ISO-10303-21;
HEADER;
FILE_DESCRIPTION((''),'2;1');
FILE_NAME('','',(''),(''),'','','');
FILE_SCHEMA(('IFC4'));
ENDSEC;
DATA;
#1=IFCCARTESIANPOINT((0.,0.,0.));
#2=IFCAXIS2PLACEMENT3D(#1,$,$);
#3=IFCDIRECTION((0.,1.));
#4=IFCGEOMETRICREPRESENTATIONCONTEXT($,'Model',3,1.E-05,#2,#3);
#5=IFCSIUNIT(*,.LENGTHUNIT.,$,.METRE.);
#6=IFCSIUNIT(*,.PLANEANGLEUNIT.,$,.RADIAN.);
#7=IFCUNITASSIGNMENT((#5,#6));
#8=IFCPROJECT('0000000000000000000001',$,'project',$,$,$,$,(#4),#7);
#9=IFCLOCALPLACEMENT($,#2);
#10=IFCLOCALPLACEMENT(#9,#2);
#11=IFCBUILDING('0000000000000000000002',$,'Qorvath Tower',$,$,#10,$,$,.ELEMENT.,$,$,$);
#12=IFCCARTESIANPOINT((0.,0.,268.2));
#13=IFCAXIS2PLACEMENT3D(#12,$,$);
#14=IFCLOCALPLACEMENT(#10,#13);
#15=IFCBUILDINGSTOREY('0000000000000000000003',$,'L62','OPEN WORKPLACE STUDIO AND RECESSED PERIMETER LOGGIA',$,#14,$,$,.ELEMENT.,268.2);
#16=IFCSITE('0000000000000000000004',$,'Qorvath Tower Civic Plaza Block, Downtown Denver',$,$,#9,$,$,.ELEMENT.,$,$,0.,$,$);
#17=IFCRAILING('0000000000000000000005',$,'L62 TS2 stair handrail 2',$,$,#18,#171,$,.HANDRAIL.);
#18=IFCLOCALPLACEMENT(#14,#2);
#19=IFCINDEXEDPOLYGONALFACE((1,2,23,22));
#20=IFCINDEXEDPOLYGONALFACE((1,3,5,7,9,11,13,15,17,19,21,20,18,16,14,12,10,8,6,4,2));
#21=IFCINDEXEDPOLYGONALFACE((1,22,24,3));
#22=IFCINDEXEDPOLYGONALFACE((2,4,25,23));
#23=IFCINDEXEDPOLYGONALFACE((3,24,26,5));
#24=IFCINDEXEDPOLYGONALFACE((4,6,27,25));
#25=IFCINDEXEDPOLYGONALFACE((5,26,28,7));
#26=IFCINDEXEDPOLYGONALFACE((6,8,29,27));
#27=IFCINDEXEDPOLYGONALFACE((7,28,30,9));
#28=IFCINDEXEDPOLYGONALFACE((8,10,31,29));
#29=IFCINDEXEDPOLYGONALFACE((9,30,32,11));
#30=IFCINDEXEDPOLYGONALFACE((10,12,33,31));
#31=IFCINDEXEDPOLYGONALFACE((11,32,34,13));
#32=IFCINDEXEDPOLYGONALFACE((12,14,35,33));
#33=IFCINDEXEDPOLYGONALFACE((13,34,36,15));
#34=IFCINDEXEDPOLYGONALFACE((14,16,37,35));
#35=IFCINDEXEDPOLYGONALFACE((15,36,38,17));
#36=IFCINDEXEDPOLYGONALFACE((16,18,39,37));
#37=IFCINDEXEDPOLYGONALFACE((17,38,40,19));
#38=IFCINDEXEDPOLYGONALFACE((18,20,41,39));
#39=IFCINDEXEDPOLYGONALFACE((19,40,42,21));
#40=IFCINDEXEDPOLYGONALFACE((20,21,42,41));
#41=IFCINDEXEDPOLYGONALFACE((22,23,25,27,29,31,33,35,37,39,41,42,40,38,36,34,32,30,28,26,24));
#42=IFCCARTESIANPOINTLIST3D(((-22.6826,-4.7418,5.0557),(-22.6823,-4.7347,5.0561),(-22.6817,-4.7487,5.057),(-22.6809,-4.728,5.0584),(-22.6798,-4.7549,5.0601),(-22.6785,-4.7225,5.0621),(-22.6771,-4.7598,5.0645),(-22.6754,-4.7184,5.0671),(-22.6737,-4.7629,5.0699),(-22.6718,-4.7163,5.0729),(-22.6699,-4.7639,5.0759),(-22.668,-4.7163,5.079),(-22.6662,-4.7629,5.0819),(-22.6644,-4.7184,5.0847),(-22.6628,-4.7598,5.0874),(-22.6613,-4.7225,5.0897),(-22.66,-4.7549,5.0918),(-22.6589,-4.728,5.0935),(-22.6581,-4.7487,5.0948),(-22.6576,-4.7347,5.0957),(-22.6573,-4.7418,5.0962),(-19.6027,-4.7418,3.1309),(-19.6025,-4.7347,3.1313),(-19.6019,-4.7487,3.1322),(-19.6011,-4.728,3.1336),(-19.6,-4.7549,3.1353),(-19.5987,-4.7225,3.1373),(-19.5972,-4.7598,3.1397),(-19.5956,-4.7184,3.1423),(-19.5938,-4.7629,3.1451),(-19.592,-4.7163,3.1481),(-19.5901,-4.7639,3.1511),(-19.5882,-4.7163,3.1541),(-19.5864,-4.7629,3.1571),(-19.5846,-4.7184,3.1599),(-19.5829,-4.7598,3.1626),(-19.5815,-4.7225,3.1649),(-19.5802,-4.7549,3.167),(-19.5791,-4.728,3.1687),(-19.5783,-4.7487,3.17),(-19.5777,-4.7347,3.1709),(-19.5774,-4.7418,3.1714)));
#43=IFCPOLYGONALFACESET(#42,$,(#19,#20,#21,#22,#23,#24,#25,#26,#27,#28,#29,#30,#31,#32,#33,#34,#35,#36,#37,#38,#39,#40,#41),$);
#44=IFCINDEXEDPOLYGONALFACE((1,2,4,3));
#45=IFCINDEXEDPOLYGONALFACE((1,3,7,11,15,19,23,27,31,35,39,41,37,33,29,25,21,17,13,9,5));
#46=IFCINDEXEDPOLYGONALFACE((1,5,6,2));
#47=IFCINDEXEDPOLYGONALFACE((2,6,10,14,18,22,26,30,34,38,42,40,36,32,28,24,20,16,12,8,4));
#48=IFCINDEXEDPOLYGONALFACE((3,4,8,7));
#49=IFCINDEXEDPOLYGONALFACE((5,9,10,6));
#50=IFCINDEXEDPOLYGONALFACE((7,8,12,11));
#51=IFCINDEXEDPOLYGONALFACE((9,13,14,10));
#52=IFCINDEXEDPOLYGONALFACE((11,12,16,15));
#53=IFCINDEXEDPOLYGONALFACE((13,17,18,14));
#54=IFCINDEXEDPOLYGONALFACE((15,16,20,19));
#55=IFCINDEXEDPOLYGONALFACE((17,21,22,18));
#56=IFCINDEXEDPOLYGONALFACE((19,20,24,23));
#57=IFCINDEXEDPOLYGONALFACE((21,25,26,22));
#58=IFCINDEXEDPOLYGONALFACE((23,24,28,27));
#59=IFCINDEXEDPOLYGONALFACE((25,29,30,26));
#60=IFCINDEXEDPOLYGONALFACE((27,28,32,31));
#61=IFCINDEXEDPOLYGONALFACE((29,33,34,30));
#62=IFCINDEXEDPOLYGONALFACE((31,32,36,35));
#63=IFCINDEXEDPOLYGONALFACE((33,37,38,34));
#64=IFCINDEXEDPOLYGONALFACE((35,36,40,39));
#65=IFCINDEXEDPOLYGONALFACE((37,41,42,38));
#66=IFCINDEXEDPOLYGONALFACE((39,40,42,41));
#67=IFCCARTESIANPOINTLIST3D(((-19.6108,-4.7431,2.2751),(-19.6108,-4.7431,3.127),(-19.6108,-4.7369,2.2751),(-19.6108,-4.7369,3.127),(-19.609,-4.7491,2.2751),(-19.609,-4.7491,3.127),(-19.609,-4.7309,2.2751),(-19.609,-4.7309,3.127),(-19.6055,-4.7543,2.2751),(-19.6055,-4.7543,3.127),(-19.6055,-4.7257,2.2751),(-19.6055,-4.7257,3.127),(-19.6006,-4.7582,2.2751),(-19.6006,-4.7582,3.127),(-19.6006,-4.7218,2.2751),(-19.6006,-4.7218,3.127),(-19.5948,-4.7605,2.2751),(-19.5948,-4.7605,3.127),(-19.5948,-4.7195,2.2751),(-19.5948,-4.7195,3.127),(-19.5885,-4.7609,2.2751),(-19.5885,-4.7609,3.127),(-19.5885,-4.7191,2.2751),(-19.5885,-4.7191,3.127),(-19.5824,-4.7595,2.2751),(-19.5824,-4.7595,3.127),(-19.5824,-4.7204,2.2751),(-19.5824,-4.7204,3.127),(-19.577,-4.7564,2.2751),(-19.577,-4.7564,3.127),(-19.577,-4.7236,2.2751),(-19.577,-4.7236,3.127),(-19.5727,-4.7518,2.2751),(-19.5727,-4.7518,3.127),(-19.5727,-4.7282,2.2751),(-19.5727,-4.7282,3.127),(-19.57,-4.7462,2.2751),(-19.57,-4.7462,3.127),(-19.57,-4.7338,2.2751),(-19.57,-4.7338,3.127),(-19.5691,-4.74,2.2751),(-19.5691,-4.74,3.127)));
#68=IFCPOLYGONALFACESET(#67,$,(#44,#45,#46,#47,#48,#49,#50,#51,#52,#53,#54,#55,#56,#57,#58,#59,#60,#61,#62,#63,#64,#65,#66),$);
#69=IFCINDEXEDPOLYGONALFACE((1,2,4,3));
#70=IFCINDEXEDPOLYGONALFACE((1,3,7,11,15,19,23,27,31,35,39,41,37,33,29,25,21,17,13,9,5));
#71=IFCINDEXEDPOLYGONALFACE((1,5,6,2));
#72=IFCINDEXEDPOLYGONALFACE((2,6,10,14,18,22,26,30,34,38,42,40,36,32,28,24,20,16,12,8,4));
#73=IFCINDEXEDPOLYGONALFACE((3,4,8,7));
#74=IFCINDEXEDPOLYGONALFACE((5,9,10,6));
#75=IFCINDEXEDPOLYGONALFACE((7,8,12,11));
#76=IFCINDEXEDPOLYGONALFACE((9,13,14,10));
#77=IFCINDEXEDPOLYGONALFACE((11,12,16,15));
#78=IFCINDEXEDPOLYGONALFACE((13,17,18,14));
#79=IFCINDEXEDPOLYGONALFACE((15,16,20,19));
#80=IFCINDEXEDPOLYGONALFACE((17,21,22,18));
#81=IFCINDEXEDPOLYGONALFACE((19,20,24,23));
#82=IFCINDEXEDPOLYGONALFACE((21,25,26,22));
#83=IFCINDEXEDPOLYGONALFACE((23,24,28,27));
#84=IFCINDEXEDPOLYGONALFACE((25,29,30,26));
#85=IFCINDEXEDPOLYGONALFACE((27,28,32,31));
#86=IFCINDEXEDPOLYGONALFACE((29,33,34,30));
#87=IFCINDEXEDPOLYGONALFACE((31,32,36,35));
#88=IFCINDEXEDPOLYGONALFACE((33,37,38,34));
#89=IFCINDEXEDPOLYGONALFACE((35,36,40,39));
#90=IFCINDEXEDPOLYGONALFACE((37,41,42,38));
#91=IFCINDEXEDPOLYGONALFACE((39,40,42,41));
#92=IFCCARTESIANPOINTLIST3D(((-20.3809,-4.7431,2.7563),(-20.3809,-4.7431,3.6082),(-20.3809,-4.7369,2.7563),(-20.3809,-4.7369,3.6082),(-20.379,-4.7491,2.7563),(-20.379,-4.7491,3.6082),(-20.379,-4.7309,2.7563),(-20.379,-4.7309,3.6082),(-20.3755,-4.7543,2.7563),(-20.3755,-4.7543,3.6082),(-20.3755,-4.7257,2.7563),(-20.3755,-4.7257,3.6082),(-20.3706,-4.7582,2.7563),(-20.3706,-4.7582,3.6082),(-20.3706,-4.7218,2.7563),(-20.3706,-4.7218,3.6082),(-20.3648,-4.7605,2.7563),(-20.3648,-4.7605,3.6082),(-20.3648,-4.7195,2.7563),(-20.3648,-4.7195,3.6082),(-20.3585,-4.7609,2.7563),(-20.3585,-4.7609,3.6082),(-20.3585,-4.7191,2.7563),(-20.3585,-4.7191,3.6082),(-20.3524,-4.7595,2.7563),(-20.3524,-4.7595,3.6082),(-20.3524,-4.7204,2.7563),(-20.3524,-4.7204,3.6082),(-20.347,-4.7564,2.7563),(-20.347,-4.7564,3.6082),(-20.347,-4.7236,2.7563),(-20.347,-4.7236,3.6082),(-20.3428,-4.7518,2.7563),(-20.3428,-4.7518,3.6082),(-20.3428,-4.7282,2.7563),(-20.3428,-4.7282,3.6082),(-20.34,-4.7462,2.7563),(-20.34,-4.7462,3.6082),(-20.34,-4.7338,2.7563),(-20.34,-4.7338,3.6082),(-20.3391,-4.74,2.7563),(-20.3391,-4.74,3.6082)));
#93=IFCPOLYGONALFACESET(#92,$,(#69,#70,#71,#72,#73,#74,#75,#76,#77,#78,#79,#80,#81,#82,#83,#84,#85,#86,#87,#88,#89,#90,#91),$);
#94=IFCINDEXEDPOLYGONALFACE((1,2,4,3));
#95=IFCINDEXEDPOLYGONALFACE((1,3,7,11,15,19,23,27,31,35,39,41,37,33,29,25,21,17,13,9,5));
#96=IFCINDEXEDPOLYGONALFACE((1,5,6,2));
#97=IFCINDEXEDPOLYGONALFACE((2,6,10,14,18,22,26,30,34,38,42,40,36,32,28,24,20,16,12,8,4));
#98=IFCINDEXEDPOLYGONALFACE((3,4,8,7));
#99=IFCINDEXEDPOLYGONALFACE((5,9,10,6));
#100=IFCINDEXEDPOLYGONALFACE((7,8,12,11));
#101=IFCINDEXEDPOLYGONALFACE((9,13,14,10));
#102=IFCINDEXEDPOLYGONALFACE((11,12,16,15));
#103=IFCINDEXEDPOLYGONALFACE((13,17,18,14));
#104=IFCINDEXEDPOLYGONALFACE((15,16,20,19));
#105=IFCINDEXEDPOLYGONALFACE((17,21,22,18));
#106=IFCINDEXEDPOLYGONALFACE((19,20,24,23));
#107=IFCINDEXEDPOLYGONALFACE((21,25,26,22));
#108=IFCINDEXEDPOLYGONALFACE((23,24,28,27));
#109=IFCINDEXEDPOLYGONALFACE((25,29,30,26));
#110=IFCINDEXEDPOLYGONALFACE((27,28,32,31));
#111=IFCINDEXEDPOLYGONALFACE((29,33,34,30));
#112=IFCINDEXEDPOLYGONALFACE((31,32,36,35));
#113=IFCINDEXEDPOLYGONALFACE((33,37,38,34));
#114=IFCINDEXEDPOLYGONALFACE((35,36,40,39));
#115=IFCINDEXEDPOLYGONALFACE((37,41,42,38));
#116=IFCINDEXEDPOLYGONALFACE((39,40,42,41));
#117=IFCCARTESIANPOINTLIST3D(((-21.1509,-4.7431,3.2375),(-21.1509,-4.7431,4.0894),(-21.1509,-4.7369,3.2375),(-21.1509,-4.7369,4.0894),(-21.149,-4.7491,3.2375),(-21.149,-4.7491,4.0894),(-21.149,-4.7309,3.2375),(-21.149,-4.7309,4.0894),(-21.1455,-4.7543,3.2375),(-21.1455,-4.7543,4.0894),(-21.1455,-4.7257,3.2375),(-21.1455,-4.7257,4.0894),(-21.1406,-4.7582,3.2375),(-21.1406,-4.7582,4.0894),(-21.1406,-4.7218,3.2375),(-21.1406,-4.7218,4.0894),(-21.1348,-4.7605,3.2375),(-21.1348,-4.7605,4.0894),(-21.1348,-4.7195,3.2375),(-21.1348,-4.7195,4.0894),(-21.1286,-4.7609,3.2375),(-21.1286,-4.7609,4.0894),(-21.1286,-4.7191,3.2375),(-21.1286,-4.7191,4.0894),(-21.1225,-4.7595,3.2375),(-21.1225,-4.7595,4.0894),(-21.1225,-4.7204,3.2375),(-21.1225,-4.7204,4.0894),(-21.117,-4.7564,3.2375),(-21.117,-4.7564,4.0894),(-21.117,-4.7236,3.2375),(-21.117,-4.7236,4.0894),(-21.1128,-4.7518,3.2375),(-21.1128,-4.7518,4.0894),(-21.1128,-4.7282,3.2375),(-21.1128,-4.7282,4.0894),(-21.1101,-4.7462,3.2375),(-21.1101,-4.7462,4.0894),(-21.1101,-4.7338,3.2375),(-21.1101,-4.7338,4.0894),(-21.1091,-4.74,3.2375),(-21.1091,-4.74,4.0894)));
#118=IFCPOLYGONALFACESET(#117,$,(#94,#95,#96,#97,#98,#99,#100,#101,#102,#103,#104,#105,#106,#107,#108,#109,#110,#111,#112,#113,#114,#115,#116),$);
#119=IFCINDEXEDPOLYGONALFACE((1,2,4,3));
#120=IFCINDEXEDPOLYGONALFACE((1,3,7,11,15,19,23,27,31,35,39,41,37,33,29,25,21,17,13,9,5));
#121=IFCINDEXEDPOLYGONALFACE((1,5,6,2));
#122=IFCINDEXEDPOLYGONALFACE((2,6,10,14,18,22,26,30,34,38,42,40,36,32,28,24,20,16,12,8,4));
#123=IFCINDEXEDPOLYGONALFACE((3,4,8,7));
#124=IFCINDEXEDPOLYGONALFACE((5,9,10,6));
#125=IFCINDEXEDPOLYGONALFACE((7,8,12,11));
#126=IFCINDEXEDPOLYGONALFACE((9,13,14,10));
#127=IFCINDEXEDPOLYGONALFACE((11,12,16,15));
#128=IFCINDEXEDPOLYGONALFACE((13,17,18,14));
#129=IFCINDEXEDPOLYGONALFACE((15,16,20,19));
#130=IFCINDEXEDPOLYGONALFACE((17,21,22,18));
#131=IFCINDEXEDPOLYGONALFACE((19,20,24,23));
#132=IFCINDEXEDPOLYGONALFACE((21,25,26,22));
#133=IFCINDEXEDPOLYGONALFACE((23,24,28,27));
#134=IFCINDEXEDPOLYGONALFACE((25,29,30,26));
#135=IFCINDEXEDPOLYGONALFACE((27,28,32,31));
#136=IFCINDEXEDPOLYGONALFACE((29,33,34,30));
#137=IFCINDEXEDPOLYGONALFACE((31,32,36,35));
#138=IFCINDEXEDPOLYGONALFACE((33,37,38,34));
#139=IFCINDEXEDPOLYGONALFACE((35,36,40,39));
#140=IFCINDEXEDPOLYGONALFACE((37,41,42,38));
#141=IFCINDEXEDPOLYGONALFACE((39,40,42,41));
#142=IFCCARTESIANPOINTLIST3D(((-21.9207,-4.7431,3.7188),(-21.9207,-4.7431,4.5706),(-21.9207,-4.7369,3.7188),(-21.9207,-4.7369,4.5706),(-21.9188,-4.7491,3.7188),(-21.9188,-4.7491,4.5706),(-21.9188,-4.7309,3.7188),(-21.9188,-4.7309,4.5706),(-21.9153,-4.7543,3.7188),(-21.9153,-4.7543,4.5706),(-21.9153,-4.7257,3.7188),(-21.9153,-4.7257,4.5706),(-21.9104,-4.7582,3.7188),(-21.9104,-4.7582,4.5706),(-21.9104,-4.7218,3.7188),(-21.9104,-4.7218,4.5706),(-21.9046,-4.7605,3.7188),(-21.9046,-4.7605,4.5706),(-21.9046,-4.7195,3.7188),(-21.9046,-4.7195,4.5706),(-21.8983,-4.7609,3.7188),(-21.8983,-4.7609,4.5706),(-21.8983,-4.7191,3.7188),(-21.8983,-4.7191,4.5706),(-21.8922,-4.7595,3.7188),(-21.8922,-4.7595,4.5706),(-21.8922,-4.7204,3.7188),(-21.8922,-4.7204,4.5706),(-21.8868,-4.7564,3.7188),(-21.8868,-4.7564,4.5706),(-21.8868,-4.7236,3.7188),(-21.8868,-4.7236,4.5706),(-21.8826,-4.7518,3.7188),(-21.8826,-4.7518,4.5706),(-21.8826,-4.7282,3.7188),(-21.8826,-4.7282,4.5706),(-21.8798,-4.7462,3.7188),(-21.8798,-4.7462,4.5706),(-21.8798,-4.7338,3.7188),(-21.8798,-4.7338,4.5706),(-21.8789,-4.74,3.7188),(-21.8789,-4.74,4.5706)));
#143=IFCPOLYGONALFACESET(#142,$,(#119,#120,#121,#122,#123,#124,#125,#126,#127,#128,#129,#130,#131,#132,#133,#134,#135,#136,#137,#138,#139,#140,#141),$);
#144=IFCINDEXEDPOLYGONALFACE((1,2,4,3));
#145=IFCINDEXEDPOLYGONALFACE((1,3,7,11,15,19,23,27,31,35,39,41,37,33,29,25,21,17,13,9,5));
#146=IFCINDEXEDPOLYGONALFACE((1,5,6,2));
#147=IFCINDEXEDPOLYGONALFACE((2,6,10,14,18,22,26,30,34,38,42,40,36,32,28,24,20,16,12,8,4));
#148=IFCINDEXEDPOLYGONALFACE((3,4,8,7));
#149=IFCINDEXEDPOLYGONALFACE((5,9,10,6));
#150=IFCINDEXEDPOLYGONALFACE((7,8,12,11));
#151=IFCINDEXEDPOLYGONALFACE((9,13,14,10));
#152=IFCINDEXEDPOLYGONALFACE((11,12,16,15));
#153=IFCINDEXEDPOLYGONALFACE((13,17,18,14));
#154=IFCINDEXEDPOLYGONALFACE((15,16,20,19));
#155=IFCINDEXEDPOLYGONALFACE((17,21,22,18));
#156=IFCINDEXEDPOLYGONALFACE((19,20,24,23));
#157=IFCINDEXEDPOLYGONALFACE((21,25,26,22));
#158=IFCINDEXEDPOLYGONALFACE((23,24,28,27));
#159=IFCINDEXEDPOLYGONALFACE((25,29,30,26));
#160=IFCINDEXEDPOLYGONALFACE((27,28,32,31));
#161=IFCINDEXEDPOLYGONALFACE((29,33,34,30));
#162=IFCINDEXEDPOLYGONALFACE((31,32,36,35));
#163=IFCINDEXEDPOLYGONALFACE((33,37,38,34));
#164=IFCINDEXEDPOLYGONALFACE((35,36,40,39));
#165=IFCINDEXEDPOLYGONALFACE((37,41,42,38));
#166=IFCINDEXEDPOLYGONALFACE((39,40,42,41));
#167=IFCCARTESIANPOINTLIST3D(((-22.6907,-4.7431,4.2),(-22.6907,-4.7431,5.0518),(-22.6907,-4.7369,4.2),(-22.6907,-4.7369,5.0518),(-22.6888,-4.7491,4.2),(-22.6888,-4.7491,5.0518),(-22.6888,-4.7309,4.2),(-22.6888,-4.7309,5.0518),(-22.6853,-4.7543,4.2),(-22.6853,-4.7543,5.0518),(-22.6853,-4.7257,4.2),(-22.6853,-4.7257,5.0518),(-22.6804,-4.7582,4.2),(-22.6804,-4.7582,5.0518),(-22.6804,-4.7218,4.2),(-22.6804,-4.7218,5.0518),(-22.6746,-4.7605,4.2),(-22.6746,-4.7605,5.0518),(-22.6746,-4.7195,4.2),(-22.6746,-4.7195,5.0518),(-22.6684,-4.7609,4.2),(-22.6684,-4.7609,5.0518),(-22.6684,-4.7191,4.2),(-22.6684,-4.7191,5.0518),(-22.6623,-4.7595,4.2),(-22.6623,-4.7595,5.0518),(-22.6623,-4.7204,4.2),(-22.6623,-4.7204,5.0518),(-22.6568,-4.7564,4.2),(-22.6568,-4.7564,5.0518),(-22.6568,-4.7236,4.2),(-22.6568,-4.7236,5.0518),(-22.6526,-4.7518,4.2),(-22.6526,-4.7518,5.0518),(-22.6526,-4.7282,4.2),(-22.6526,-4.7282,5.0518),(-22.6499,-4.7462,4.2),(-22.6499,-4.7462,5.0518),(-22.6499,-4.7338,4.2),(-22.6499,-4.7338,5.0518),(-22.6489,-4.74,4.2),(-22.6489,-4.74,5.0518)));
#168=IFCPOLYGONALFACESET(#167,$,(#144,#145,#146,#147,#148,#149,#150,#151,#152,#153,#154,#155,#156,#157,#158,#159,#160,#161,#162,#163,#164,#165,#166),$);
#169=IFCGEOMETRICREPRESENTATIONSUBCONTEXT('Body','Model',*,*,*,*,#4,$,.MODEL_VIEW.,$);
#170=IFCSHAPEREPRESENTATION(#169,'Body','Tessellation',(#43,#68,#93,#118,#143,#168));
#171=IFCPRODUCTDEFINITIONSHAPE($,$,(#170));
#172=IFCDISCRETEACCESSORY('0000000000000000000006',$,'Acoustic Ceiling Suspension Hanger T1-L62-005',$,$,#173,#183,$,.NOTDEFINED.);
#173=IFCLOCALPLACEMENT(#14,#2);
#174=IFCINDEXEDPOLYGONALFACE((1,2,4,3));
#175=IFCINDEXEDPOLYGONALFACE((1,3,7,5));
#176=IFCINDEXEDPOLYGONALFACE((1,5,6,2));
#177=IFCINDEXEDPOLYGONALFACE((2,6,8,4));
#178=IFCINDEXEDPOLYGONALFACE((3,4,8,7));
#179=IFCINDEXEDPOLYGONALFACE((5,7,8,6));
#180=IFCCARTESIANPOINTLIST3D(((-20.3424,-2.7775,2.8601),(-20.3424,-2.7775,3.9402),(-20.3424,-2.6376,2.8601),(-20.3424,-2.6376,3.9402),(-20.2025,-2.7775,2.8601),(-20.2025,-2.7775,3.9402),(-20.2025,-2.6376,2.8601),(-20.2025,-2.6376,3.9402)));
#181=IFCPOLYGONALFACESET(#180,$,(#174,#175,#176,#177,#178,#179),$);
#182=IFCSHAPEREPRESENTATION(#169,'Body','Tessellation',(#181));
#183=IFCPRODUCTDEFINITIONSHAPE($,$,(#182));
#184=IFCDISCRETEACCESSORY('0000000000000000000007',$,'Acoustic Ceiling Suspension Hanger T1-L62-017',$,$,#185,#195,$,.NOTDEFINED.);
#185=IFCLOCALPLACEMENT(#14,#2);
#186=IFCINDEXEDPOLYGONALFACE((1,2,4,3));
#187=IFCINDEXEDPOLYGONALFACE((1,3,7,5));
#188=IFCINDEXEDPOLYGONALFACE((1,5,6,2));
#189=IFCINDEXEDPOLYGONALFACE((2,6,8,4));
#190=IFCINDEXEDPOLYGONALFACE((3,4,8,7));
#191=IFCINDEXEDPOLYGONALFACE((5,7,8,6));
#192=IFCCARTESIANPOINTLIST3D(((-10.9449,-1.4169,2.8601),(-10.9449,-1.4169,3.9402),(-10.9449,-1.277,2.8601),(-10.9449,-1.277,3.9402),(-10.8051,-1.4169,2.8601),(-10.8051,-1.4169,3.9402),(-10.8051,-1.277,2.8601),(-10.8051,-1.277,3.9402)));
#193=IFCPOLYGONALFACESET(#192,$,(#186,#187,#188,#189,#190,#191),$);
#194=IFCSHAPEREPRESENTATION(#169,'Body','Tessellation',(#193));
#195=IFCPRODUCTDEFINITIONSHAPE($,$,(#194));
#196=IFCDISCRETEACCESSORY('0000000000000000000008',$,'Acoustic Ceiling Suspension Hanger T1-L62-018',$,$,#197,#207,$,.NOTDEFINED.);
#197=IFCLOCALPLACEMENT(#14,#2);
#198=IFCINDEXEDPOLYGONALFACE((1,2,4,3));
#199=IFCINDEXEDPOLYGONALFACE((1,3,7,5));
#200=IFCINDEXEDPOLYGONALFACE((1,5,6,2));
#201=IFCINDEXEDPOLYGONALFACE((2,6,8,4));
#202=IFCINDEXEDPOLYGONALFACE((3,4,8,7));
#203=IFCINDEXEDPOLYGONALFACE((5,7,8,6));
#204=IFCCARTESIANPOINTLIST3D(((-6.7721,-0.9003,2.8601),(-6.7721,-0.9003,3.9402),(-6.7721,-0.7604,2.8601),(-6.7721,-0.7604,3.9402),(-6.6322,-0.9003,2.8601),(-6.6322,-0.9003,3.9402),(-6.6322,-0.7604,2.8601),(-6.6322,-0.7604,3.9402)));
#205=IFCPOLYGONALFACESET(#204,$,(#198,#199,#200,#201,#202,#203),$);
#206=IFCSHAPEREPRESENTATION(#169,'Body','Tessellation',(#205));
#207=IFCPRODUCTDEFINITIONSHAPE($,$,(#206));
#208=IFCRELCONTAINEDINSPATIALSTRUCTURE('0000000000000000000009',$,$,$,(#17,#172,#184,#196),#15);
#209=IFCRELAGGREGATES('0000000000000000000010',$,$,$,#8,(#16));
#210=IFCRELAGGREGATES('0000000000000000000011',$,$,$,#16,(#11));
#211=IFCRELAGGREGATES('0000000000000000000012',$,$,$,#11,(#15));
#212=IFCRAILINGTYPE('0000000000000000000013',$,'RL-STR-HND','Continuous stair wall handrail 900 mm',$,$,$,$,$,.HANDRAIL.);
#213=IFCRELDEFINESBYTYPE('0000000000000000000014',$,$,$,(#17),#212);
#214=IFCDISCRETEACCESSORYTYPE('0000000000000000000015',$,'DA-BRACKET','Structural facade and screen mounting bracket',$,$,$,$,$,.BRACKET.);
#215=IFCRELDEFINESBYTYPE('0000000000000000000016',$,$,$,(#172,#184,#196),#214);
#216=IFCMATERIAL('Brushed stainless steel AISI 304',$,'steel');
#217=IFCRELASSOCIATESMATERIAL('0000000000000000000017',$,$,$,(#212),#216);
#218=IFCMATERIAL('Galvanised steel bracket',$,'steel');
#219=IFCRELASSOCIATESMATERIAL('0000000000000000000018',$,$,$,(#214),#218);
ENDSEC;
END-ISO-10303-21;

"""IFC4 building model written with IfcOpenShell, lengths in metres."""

from ifc_helpers import new_model, si_unit, direction, frame, origin, origin_2d, place, context, subcontext, project, spatial, rectangle, circle, extrude, material, type_object, element, save


model = new_model("IFC4")

# Units and contexts
model_context = context("Model", 3, precision=1e-05, world=origin(), true_north=direction((0.0, 1.0)))
body_context = subcontext(model_context, "Body", "Model", "MODEL_VIEW")
ifc_project = project(units=[si_unit("LENGTHUNIT", "METRE"), si_unit("PLANEANGLEUNIT", "RADIAN")], contexts=[model_context])

# Site, building, storey
site_placement = place(None, origin())
site = spatial("IfcSite", under=ifc_project, at=site_placement, Name="Qorvath Tower Civic Plaza Block, Downtown Denver", CompositionType="ELEMENT", RefElevation=0.0)
building_placement = place(site_placement, origin())
building = spatial("IfcBuilding", under=site, at=building_placement, Name="Qorvath Tower", CompositionType="ELEMENT")
storey_placement = place(building_placement, frame((0.0, 0.0, 268.2)))
storey = spatial("IfcBuildingStorey", under=building, at=storey_placement, Name="L62", Description="OPEN WORKPLACE STUDIO AND RECESSED PERIMETER LOGGIA", CompositionType="ELEMENT", Elevation=268.2)

# Railing
ifc_material_1 = material(Name="Brushed stainless steel AISI 304", Category="steel")
railing_type_1 = type_object("IfcRailingType", Name="RL-STR-HND", Description="Continuous stair wall handrail 900 mm", PredefinedType="HANDRAIL", material=ifc_material_1)
railing_1_placement = place(storey_placement, frame((-19.5901, -4.74, 2.2751)))
element("IfcRailing", 1, at=railing_1_placement, inside=storey, type_object=railing_type_1, Name="L62 TS2 stair handrail 2", PredefinedType="HANDRAIL", context=body_context, shape_type="SweptSolid", body=[
    extrude(circle(Radius=0.0239, at=origin_2d()), frame((0.0, 0.0, 0.876), z_axis=(-0.84801, 0.0, 0.529981), x_axis=(0.0, -1.0, 0.0)), (0.0, 0.0, 1.0), 3.6318),
    extrude(circle(Radius=0.021, at=origin_2d()), origin(), (0.0, 0.0, 1.0), 0.8518),
    extrude(circle(Radius=0.021, at=origin_2d()), frame((-0.77, 0.0, 0.4812)), (0.0, 0.0, 1.0), 0.8518),
    extrude(circle(Radius=0.021, at=origin_2d()), frame((-1.54, 0.0, 0.9624)), (0.0, 0.0, 1.0), 0.8518),
    extrude(circle(Radius=0.021, at=origin_2d()), frame((-2.3098, 0.0, 1.4436)), (0.0, 0.0, 1.0), 0.8518),
    extrude(circle(Radius=0.021, at=origin_2d()), frame((-3.0798, 0.0, 1.9248)), (0.0, 0.0, 1.0), 0.8518),
])

# Discrete accessories
ifc_material_2 = material(Name="Galvanised steel bracket", Category="steel")
discrete_accessory_type = type_object("IfcDiscreteAccessoryType", Name="DA-BRACKET", Description="Structural facade and screen mounting bracket", PredefinedType="BRACKET", material=ifc_material_2)
for number, where, z_axis, x_axis, name in (
    (2, (-20.2725, -2.7075, 2.8601), (0.0, 0.0, 1.0), (1.0, 0.0, 0.0), "Acoustic Ceiling Suspension Hanger T1-L62-005"),
    (3, (-10.875, -1.3469, 2.8601), (0.0, 0.0, 1.0), (1.0, 0.0, 0.0), "Acoustic Ceiling Suspension Hanger T1-L62-017"),
    (4, (-6.7021, -0.8303, 2.8601), (0.0, 0.0, 1.0), (1.0, 0.0, 0.0), "Acoustic Ceiling Suspension Hanger T1-L62-018"),
):
    element("IfcDiscreteAccessory", number, at=place(storey_placement, frame(where, z_axis=z_axis, x_axis=x_axis)), inside=storey, type_object=discrete_accessory_type, Name=name, PredefinedType="NOTDEFINED", context=body_context, shape_type="SweptSolid", body=[
        extrude(rectangle(XDim=0.1399, YDim=0.1399, at=origin_2d()), origin(), (0.0, 0.0, 1.0), 1.0801),
    ])

save(model, "model.ifc")
